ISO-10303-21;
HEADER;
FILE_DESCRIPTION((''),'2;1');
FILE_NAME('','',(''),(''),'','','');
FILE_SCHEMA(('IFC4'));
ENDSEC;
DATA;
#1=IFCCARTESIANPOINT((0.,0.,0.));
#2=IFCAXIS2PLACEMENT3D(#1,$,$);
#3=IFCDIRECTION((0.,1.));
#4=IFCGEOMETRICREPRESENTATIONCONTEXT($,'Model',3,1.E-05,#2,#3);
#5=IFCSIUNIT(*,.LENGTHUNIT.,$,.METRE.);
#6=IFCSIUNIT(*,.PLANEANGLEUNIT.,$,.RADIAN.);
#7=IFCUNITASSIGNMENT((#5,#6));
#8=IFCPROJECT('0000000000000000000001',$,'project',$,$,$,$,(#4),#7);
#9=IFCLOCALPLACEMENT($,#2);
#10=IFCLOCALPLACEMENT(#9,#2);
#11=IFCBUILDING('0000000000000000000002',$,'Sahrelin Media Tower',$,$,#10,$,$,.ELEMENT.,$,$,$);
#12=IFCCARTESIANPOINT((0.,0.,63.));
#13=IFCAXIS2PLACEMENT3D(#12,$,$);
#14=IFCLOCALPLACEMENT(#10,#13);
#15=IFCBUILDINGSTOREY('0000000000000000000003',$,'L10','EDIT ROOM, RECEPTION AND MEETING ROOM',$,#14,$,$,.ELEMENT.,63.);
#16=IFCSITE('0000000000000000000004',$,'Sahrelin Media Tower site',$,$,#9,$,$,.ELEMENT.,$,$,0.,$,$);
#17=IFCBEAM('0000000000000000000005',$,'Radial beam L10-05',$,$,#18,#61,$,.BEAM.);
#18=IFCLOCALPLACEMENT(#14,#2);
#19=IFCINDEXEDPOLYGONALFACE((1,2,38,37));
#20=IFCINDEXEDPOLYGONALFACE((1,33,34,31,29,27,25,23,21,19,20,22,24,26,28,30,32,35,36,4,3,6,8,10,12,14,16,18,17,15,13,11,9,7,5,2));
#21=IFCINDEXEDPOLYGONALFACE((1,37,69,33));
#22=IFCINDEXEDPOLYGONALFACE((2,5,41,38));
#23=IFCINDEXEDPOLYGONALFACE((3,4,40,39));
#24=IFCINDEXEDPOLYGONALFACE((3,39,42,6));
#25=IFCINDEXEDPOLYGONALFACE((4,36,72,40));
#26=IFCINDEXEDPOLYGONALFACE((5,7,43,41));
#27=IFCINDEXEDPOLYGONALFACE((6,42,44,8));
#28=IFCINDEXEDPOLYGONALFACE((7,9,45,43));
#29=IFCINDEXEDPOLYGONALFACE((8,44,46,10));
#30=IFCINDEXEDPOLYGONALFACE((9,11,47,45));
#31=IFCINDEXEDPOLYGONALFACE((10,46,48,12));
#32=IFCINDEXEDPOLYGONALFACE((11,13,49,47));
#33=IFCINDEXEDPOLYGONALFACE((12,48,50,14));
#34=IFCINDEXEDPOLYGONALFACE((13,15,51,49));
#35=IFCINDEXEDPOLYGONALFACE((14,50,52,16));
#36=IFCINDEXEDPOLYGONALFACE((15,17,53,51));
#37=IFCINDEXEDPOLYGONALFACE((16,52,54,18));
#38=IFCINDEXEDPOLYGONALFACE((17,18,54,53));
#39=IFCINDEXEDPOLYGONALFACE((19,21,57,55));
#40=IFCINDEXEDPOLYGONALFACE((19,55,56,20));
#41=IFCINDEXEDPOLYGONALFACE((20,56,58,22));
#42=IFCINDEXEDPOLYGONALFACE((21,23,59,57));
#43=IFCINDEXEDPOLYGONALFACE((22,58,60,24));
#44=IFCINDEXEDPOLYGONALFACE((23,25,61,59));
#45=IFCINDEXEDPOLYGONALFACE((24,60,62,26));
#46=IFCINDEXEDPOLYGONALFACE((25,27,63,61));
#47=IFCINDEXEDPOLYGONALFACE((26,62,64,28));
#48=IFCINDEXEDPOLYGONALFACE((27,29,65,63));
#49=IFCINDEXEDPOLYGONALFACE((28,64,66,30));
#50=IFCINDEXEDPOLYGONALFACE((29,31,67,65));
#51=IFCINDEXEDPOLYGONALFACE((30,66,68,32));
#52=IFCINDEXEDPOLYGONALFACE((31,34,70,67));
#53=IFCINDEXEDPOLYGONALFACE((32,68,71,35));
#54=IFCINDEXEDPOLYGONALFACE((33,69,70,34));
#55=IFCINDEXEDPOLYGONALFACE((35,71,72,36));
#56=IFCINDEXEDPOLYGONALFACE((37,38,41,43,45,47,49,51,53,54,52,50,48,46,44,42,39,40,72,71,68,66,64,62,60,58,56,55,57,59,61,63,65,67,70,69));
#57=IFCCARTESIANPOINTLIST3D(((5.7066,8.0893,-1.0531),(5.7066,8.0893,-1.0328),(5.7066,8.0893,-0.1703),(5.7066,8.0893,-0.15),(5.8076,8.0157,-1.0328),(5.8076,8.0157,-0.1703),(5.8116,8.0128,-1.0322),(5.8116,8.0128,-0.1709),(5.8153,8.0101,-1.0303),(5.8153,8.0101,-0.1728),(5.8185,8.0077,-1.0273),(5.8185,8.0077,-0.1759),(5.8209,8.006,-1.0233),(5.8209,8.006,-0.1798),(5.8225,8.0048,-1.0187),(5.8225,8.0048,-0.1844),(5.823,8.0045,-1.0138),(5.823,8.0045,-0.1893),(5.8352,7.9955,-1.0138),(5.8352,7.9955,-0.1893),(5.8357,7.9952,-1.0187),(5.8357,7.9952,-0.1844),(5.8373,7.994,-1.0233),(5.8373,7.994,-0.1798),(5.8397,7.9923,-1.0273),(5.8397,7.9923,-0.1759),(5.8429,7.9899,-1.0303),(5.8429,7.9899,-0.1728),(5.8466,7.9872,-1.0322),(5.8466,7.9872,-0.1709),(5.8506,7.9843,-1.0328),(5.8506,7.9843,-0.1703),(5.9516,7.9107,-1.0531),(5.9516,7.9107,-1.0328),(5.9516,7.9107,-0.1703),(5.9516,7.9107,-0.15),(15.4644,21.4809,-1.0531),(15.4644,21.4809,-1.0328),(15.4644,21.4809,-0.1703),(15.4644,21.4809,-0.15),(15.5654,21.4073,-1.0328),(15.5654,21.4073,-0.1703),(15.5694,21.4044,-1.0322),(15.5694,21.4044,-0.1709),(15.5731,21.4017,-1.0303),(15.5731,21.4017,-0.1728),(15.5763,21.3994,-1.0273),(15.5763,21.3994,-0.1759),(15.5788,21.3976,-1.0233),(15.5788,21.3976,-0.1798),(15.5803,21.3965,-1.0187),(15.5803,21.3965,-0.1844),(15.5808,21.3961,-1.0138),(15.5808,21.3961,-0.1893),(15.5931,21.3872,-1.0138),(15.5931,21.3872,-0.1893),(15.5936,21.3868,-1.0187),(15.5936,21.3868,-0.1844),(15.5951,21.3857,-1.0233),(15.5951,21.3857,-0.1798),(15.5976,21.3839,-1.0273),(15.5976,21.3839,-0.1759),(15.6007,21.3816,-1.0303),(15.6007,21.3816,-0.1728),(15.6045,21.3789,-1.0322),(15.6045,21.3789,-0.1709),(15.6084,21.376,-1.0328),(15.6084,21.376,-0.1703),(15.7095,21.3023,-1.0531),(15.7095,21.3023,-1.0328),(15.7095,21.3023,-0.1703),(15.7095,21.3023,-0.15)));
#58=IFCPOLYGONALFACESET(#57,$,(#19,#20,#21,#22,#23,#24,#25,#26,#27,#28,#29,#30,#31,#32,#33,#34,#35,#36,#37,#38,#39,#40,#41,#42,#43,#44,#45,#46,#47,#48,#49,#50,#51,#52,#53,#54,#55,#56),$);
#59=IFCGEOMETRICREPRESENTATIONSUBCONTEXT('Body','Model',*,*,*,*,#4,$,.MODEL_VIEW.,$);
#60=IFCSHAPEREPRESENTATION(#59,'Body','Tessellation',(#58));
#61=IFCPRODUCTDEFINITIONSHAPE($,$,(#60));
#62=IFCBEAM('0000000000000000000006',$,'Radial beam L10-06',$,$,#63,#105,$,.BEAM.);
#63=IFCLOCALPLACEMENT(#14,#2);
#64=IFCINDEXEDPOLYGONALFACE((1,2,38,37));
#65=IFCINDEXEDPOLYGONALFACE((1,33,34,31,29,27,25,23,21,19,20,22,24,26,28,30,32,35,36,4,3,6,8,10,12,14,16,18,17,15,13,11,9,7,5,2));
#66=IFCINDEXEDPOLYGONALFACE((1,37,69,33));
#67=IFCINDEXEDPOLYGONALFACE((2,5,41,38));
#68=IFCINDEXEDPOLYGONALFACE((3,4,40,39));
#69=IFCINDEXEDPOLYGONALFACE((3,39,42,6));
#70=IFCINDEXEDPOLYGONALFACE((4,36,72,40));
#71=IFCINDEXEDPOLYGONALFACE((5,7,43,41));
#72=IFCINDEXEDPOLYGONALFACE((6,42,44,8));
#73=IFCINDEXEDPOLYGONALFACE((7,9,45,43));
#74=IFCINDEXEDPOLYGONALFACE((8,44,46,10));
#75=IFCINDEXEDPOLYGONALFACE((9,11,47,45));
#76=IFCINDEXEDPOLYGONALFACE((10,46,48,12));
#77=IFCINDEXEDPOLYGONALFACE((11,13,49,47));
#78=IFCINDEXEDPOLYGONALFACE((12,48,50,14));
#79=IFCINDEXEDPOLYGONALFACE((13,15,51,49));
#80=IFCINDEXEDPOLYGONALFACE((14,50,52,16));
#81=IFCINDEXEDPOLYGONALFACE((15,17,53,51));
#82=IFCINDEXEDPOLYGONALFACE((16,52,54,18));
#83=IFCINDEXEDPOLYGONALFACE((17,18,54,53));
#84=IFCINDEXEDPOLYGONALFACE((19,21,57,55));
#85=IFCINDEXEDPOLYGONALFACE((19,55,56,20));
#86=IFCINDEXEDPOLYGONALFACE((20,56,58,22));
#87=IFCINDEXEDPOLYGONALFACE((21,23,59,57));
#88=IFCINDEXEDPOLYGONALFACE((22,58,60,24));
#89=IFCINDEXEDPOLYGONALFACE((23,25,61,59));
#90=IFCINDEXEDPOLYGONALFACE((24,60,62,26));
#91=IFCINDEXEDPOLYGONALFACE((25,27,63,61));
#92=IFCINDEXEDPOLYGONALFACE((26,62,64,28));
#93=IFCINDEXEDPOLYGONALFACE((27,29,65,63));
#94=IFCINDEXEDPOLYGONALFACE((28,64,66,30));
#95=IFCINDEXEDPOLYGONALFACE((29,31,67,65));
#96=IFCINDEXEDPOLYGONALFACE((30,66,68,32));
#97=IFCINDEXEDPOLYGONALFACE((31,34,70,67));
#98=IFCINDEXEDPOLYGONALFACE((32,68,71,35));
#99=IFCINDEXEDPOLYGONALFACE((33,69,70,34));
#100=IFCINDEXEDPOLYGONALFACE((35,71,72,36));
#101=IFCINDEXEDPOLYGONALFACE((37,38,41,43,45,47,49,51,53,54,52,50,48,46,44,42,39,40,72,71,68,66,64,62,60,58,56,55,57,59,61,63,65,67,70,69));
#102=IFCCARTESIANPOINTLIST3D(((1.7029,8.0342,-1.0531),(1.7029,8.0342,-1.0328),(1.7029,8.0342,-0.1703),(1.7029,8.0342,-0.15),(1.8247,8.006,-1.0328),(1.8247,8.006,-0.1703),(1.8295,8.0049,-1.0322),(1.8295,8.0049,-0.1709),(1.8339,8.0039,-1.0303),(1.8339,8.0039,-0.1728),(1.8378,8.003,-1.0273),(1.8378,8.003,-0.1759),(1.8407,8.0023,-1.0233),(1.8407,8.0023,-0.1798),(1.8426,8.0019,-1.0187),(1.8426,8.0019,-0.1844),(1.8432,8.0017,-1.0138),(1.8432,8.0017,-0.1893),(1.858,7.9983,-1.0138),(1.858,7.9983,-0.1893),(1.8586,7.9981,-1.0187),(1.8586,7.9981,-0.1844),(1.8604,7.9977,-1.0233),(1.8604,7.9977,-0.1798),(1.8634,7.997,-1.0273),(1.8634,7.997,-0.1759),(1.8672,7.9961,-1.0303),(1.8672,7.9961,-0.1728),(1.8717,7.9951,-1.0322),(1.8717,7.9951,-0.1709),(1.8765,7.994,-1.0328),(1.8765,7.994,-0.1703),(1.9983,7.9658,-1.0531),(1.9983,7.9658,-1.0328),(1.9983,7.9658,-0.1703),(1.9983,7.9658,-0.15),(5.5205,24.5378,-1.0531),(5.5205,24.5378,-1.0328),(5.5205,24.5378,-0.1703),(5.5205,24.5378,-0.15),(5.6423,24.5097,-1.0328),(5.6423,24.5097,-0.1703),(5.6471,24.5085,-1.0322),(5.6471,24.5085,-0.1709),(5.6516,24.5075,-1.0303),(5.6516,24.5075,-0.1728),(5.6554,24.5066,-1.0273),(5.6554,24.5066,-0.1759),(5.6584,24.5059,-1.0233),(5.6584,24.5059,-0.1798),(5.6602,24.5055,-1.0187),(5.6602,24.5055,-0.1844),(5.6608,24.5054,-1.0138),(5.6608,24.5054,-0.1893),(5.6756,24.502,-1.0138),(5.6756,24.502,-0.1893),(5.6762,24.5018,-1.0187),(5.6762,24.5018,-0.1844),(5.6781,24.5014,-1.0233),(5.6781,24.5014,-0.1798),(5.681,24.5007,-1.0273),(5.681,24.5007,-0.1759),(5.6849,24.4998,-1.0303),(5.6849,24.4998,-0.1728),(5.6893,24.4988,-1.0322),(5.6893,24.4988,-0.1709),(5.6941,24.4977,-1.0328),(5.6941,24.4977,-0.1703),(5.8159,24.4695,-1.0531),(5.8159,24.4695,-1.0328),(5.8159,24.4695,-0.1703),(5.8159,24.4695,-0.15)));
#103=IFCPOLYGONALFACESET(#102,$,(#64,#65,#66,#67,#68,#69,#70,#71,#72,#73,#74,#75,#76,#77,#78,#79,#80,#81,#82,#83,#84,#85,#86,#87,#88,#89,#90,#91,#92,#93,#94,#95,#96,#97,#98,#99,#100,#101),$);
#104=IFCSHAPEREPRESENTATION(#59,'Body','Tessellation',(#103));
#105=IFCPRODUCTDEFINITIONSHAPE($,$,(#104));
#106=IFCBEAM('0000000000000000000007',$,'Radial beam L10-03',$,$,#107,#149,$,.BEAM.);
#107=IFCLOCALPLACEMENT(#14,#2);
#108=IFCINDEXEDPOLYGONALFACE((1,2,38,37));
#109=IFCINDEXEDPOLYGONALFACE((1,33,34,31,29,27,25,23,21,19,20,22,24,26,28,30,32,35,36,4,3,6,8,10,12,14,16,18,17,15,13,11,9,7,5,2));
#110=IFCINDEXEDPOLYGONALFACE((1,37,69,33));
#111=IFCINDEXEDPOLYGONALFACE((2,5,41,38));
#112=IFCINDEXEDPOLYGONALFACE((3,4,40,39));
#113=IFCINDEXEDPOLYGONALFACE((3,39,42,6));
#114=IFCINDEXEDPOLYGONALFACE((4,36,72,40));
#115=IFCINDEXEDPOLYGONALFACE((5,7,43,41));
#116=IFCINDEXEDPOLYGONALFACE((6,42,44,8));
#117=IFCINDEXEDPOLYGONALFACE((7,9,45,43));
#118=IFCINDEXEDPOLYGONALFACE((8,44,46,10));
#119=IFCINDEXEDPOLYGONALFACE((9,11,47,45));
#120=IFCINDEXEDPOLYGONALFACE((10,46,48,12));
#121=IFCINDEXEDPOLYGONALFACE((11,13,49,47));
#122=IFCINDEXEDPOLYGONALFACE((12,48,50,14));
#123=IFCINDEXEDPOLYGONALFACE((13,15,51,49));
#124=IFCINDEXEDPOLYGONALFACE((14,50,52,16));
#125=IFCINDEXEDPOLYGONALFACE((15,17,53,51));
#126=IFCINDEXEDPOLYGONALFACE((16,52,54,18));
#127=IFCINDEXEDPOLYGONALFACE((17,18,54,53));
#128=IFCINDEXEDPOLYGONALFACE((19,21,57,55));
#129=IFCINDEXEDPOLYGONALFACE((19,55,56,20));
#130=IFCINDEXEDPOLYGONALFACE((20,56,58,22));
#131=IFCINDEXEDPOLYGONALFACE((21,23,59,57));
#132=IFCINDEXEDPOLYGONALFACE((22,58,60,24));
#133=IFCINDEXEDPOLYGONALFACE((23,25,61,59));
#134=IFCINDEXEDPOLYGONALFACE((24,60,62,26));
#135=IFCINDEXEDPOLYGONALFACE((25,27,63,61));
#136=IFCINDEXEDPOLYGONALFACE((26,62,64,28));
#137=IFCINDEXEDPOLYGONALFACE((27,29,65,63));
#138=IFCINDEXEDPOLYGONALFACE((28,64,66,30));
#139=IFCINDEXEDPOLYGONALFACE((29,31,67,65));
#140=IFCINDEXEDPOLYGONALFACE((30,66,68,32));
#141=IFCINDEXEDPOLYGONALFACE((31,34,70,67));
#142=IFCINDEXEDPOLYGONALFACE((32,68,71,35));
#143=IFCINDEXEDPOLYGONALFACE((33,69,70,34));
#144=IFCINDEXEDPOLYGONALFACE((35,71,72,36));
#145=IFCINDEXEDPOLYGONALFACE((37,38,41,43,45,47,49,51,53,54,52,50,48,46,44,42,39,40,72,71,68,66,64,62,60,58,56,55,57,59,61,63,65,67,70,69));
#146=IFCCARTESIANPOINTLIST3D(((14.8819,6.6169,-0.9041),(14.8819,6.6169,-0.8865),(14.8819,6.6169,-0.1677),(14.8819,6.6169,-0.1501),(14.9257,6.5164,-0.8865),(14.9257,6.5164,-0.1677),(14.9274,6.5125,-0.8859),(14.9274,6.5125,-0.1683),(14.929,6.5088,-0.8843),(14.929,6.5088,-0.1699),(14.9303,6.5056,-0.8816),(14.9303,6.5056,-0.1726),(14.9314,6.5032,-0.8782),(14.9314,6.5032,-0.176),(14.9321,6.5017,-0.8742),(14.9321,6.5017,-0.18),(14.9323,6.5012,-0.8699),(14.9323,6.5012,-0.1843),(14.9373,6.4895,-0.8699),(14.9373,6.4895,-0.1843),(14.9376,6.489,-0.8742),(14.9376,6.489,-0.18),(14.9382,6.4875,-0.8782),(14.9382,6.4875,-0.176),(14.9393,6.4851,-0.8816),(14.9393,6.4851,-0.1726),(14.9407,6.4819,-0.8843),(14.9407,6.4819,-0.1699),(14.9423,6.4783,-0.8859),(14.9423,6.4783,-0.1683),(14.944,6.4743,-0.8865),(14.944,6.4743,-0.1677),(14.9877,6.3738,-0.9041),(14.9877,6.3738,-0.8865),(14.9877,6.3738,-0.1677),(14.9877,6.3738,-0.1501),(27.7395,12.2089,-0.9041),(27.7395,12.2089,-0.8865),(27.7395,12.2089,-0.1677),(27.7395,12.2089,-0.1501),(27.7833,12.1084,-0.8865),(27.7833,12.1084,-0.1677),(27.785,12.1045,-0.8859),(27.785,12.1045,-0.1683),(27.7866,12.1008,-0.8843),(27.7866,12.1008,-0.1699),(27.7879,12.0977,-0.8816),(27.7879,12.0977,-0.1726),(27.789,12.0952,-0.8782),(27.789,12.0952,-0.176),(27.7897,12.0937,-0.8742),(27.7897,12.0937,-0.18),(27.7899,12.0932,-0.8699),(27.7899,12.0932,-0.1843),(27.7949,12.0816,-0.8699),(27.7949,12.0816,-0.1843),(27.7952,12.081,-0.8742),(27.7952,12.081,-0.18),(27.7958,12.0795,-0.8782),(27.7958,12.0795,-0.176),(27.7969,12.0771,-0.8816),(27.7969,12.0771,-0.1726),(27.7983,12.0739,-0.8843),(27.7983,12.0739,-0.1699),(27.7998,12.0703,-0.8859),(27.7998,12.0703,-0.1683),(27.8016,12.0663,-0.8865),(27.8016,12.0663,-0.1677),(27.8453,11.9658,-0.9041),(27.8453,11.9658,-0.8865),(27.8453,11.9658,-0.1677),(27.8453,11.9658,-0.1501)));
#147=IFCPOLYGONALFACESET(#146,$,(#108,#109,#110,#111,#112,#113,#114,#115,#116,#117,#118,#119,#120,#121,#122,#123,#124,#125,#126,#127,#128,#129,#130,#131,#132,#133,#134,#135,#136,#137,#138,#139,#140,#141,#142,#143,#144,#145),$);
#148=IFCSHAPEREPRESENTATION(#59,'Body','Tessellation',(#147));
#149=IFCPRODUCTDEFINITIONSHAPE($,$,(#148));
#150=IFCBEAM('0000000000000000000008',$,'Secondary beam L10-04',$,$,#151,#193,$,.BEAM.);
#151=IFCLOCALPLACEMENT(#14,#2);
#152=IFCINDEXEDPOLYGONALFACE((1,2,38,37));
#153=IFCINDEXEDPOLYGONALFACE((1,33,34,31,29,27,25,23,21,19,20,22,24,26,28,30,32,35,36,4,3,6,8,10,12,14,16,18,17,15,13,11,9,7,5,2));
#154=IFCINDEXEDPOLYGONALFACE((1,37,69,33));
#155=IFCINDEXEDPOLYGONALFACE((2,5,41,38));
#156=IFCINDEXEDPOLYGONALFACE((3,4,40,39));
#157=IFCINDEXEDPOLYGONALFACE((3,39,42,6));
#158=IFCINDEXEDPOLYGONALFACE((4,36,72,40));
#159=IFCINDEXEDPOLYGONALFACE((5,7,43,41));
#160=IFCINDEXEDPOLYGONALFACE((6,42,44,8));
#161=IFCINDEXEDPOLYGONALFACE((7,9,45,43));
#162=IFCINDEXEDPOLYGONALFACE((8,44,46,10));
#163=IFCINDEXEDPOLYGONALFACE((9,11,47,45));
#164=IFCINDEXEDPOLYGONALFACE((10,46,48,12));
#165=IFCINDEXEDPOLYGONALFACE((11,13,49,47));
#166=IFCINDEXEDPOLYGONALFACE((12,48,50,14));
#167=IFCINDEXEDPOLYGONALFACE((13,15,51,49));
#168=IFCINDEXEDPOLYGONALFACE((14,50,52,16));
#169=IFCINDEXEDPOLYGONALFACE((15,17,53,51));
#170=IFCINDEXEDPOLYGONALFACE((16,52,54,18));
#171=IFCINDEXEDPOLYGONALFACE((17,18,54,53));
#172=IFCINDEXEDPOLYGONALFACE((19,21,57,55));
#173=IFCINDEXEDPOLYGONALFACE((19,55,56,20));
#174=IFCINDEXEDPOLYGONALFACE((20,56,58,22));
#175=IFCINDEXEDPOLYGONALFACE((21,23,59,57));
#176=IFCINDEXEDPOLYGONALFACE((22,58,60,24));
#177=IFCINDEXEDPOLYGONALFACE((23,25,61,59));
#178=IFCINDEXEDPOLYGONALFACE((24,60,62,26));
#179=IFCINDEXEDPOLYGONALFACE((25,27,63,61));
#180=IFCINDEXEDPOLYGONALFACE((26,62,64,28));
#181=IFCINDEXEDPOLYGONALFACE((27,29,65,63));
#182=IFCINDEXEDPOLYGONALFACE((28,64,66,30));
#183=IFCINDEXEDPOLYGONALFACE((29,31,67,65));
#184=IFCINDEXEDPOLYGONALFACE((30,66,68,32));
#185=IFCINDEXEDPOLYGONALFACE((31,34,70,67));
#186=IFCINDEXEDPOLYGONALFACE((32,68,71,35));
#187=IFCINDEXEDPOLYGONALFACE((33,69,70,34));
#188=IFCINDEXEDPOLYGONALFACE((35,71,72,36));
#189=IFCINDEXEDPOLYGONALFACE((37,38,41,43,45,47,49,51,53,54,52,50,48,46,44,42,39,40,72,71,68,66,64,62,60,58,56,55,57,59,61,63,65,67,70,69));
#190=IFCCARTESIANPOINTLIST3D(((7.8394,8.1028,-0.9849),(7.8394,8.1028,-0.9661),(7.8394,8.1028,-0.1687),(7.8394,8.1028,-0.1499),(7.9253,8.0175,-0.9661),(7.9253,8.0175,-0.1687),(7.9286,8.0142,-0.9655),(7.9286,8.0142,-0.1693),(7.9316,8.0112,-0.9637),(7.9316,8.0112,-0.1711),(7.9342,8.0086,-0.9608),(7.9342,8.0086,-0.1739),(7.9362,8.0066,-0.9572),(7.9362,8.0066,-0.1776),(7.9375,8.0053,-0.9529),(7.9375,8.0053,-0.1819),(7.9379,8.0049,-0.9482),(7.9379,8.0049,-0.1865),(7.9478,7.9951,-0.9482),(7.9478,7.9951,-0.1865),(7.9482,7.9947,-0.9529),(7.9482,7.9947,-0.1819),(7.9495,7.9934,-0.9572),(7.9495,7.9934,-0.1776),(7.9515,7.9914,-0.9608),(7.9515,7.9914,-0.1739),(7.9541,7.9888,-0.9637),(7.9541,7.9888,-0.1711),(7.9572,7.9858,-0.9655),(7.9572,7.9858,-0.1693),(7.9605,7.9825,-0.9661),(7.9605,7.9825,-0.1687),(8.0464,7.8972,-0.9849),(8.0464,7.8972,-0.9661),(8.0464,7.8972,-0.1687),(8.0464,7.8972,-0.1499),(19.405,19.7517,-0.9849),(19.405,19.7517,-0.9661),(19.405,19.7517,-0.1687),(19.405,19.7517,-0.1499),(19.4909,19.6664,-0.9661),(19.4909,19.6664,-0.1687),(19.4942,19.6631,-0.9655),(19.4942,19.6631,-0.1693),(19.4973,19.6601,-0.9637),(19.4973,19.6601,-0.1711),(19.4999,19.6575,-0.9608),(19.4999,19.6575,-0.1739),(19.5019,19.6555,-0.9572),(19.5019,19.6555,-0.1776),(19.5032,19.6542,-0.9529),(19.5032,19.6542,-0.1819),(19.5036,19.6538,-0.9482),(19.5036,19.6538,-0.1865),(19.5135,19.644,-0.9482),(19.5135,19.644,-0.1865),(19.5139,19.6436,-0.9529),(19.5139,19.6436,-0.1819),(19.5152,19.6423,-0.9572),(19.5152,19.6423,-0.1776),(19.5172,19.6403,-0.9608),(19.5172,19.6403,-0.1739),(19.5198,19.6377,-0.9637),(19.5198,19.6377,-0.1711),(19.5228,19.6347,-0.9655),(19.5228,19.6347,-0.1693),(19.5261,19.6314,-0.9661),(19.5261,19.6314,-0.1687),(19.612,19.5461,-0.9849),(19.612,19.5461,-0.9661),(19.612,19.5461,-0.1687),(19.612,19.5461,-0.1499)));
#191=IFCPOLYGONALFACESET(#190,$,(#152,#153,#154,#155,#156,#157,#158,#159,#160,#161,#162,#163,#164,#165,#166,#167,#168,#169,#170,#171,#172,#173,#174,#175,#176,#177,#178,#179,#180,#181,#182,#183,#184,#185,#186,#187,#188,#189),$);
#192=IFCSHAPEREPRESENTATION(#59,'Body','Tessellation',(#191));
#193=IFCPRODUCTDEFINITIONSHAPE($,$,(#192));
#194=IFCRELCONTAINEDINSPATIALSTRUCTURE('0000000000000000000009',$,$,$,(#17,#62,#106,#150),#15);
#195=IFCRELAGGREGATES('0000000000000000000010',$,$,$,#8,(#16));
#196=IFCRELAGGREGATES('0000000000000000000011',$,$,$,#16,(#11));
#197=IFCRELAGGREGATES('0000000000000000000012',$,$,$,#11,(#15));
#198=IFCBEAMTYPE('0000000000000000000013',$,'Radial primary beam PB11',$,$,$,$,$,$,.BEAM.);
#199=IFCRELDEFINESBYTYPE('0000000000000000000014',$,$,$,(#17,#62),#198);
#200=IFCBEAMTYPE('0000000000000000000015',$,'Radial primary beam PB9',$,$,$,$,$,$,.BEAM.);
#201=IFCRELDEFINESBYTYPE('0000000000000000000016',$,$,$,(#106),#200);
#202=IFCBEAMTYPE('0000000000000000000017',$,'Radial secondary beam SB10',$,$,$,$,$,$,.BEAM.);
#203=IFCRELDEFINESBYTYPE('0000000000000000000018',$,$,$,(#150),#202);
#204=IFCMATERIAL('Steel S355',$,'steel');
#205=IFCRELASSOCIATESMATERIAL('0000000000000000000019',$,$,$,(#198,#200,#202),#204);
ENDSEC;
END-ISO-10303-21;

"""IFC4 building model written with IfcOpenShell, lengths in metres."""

from ifc_helpers import new_model, si_unit, direction, frame, origin, origin_2d, place, context, subcontext, project, spatial, i_section, extrude, material, material_profile, profile_set, type_object, element, save


model = new_model("IFC4")

# Units and contexts
model_context = context("Model", 3, precision=1e-05, world=origin(), true_north=direction((0.0, 1.0)))
body_context = subcontext(model_context, "Body", "Model", "MODEL_VIEW")
ifc_project = project(units=[si_unit("LENGTHUNIT", "METRE"), si_unit("PLANEANGLEUNIT", "RADIAN")], contexts=[model_context])

# Site, building, storey
site_placement = place(None, origin())
site = spatial("IfcSite", under=ifc_project, at=site_placement, Name="Sahrelin Media Tower site", CompositionType="ELEMENT", RefElevation=0.0)
building_placement = place(site_placement, origin())
building = spatial("IfcBuilding", under=site, at=building_placement, Name="Sahrelin Media Tower", CompositionType="ELEMENT")
storey_placement = place(building_placement, frame((0.0, 0.0, 63.0)))
storey = spatial("IfcBuildingStorey", under=building, at=storey_placement, Name="L10", Description="EDIT ROOM, RECEPTION AND MEETING ROOM", CompositionType="ELEMENT", Elevation=63.0)

# Beams
ifc_material_1 = material(Name="Steel S355", Category="steel")
ifc_material_profile_1 = material_profile(ifc_material_1, i_section(OverallWidth=0.3032, OverallDepth=0.9031, WebThickness=0.0151, FlangeThickness=0.0203, FilletRadius=0.019, at=origin_2d()), Name="UB 914x305x201")
ifc_profile_set_1 = profile_set([ifc_material_profile_1], Name="Steel S355")
beam_type_1 = type_object("IfcBeamType", Name="Radial primary beam PB11", PredefinedType="BEAM", material=ifc_profile_set_1)
beam_1_placement = place(storey_placement, frame((5.8291, 8.0, -0.6016), z_axis=(0.5889, 0.808206, 0.0), x_axis=(-0.808206, 0.5889, 0.0)))
element("IfcBeam", 1, at=beam_1_placement, inside=storey, type_object=beam_type_1, Name="Radial beam L10-05", PredefinedType="BEAM", context=body_context, shape_type="SweptSolid", body=[
    extrude(i_section(OverallWidth=0.3032, OverallDepth=0.9031, WebThickness=0.0151, FlangeThickness=0.0203, FilletRadius=0.019, at=origin_2d()), origin(), (0.0, 0.0, 1.0), 16.5696),
])
beam_2_placement = place(storey_placement, frame((1.8506, 8.0, -0.6016), z_axis=(0.225369, 0.974273, 0.0), x_axis=(-0.974273, 0.225369, 0.0)))
element("IfcBeam", 2, at=beam_2_placement, inside=storey, type_object=beam_type_1, Name="Radial beam L10-06", PredefinedType="BEAM", context=body_context, shape_type="SweptSolid", body=[
    extrude(i_section(OverallWidth=0.3032, OverallDepth=0.9031, WebThickness=0.0151, FlangeThickness=0.0203, FilletRadius=0.019, at=origin_2d()), origin(), (0.0, 0.0, 1.0), 16.9395),
])
ifc_material_profile_2 = material_profile(ifc_material_1, i_section(OverallWidth=0.2651, OverallDepth=0.7539, WebThickness=0.0127, FlangeThickness=0.0176, FilletRadius=0.0166, at=origin_2d()), Name="UB 762x267x147")
ifc_profile_set_2 = profile_set([ifc_material_profile_2], Name="Steel S355")
beam_type_2 = type_object("IfcBeamType", Name="Radial primary beam PB9", PredefinedType="BEAM", material=ifc_profile_set_2)
beam_3_placement = place(storey_placement, frame((14.9348, 6.4954, -0.5271), z_axis=(0.917024, 0.398831, 0.0), x_axis=(-0.398831, 0.917024, 0.0)))
element("IfcBeam", 3, at=beam_3_placement, inside=storey, type_object=beam_type_2, Name="Radial beam L10-03", PredefinedType="BEAM", context=body_context, shape_type="SweptSolid", body=[
    extrude(i_section(OverallWidth=0.2651, OverallDepth=0.7539, WebThickness=0.0127, FlangeThickness=0.0176, FilletRadius=0.0166, at=origin_2d()), origin(), (0.0, 0.0, 1.0), 14.021),
])
ifc_material_profile_3 = material_profile(ifc_material_1, i_section(OverallWidth=0.2917, OverallDepth=0.835, WebThickness=0.0139, FlangeThickness=0.0188, FilletRadius=0.0178, at=origin_2d()), Name="UB 838x292x176")
ifc_profile_set_3 = profile_set([ifc_material_profile_3], Name="Steel S355")
beam_type_3 = type_object("IfcBeamType", Name="Radial secondary beam SB10", PredefinedType="BEAM", material=ifc_profile_set_3)
beam_4_placement = place(storey_placement, frame((7.9429, 8.0, -0.5674), z_axis=(0.704566, 0.709638, 0.0), x_axis=(-0.709638, 0.704566, 0.0)))
element("IfcBeam", 4, at=beam_4_placement, inside=storey, type_object=beam_type_3, Name="Secondary beam L10-04", PredefinedType="BEAM", context=body_context, shape_type="SweptSolid", body=[
    extrude(i_section(OverallWidth=0.2917, OverallDepth=0.835, WebThickness=0.0139, FlangeThickness=0.0188, FilletRadius=0.0178, at=origin_2d()), origin(), (0.0, 0.0, 1.0), 16.4153),
])

save(model, "model.ifc")
